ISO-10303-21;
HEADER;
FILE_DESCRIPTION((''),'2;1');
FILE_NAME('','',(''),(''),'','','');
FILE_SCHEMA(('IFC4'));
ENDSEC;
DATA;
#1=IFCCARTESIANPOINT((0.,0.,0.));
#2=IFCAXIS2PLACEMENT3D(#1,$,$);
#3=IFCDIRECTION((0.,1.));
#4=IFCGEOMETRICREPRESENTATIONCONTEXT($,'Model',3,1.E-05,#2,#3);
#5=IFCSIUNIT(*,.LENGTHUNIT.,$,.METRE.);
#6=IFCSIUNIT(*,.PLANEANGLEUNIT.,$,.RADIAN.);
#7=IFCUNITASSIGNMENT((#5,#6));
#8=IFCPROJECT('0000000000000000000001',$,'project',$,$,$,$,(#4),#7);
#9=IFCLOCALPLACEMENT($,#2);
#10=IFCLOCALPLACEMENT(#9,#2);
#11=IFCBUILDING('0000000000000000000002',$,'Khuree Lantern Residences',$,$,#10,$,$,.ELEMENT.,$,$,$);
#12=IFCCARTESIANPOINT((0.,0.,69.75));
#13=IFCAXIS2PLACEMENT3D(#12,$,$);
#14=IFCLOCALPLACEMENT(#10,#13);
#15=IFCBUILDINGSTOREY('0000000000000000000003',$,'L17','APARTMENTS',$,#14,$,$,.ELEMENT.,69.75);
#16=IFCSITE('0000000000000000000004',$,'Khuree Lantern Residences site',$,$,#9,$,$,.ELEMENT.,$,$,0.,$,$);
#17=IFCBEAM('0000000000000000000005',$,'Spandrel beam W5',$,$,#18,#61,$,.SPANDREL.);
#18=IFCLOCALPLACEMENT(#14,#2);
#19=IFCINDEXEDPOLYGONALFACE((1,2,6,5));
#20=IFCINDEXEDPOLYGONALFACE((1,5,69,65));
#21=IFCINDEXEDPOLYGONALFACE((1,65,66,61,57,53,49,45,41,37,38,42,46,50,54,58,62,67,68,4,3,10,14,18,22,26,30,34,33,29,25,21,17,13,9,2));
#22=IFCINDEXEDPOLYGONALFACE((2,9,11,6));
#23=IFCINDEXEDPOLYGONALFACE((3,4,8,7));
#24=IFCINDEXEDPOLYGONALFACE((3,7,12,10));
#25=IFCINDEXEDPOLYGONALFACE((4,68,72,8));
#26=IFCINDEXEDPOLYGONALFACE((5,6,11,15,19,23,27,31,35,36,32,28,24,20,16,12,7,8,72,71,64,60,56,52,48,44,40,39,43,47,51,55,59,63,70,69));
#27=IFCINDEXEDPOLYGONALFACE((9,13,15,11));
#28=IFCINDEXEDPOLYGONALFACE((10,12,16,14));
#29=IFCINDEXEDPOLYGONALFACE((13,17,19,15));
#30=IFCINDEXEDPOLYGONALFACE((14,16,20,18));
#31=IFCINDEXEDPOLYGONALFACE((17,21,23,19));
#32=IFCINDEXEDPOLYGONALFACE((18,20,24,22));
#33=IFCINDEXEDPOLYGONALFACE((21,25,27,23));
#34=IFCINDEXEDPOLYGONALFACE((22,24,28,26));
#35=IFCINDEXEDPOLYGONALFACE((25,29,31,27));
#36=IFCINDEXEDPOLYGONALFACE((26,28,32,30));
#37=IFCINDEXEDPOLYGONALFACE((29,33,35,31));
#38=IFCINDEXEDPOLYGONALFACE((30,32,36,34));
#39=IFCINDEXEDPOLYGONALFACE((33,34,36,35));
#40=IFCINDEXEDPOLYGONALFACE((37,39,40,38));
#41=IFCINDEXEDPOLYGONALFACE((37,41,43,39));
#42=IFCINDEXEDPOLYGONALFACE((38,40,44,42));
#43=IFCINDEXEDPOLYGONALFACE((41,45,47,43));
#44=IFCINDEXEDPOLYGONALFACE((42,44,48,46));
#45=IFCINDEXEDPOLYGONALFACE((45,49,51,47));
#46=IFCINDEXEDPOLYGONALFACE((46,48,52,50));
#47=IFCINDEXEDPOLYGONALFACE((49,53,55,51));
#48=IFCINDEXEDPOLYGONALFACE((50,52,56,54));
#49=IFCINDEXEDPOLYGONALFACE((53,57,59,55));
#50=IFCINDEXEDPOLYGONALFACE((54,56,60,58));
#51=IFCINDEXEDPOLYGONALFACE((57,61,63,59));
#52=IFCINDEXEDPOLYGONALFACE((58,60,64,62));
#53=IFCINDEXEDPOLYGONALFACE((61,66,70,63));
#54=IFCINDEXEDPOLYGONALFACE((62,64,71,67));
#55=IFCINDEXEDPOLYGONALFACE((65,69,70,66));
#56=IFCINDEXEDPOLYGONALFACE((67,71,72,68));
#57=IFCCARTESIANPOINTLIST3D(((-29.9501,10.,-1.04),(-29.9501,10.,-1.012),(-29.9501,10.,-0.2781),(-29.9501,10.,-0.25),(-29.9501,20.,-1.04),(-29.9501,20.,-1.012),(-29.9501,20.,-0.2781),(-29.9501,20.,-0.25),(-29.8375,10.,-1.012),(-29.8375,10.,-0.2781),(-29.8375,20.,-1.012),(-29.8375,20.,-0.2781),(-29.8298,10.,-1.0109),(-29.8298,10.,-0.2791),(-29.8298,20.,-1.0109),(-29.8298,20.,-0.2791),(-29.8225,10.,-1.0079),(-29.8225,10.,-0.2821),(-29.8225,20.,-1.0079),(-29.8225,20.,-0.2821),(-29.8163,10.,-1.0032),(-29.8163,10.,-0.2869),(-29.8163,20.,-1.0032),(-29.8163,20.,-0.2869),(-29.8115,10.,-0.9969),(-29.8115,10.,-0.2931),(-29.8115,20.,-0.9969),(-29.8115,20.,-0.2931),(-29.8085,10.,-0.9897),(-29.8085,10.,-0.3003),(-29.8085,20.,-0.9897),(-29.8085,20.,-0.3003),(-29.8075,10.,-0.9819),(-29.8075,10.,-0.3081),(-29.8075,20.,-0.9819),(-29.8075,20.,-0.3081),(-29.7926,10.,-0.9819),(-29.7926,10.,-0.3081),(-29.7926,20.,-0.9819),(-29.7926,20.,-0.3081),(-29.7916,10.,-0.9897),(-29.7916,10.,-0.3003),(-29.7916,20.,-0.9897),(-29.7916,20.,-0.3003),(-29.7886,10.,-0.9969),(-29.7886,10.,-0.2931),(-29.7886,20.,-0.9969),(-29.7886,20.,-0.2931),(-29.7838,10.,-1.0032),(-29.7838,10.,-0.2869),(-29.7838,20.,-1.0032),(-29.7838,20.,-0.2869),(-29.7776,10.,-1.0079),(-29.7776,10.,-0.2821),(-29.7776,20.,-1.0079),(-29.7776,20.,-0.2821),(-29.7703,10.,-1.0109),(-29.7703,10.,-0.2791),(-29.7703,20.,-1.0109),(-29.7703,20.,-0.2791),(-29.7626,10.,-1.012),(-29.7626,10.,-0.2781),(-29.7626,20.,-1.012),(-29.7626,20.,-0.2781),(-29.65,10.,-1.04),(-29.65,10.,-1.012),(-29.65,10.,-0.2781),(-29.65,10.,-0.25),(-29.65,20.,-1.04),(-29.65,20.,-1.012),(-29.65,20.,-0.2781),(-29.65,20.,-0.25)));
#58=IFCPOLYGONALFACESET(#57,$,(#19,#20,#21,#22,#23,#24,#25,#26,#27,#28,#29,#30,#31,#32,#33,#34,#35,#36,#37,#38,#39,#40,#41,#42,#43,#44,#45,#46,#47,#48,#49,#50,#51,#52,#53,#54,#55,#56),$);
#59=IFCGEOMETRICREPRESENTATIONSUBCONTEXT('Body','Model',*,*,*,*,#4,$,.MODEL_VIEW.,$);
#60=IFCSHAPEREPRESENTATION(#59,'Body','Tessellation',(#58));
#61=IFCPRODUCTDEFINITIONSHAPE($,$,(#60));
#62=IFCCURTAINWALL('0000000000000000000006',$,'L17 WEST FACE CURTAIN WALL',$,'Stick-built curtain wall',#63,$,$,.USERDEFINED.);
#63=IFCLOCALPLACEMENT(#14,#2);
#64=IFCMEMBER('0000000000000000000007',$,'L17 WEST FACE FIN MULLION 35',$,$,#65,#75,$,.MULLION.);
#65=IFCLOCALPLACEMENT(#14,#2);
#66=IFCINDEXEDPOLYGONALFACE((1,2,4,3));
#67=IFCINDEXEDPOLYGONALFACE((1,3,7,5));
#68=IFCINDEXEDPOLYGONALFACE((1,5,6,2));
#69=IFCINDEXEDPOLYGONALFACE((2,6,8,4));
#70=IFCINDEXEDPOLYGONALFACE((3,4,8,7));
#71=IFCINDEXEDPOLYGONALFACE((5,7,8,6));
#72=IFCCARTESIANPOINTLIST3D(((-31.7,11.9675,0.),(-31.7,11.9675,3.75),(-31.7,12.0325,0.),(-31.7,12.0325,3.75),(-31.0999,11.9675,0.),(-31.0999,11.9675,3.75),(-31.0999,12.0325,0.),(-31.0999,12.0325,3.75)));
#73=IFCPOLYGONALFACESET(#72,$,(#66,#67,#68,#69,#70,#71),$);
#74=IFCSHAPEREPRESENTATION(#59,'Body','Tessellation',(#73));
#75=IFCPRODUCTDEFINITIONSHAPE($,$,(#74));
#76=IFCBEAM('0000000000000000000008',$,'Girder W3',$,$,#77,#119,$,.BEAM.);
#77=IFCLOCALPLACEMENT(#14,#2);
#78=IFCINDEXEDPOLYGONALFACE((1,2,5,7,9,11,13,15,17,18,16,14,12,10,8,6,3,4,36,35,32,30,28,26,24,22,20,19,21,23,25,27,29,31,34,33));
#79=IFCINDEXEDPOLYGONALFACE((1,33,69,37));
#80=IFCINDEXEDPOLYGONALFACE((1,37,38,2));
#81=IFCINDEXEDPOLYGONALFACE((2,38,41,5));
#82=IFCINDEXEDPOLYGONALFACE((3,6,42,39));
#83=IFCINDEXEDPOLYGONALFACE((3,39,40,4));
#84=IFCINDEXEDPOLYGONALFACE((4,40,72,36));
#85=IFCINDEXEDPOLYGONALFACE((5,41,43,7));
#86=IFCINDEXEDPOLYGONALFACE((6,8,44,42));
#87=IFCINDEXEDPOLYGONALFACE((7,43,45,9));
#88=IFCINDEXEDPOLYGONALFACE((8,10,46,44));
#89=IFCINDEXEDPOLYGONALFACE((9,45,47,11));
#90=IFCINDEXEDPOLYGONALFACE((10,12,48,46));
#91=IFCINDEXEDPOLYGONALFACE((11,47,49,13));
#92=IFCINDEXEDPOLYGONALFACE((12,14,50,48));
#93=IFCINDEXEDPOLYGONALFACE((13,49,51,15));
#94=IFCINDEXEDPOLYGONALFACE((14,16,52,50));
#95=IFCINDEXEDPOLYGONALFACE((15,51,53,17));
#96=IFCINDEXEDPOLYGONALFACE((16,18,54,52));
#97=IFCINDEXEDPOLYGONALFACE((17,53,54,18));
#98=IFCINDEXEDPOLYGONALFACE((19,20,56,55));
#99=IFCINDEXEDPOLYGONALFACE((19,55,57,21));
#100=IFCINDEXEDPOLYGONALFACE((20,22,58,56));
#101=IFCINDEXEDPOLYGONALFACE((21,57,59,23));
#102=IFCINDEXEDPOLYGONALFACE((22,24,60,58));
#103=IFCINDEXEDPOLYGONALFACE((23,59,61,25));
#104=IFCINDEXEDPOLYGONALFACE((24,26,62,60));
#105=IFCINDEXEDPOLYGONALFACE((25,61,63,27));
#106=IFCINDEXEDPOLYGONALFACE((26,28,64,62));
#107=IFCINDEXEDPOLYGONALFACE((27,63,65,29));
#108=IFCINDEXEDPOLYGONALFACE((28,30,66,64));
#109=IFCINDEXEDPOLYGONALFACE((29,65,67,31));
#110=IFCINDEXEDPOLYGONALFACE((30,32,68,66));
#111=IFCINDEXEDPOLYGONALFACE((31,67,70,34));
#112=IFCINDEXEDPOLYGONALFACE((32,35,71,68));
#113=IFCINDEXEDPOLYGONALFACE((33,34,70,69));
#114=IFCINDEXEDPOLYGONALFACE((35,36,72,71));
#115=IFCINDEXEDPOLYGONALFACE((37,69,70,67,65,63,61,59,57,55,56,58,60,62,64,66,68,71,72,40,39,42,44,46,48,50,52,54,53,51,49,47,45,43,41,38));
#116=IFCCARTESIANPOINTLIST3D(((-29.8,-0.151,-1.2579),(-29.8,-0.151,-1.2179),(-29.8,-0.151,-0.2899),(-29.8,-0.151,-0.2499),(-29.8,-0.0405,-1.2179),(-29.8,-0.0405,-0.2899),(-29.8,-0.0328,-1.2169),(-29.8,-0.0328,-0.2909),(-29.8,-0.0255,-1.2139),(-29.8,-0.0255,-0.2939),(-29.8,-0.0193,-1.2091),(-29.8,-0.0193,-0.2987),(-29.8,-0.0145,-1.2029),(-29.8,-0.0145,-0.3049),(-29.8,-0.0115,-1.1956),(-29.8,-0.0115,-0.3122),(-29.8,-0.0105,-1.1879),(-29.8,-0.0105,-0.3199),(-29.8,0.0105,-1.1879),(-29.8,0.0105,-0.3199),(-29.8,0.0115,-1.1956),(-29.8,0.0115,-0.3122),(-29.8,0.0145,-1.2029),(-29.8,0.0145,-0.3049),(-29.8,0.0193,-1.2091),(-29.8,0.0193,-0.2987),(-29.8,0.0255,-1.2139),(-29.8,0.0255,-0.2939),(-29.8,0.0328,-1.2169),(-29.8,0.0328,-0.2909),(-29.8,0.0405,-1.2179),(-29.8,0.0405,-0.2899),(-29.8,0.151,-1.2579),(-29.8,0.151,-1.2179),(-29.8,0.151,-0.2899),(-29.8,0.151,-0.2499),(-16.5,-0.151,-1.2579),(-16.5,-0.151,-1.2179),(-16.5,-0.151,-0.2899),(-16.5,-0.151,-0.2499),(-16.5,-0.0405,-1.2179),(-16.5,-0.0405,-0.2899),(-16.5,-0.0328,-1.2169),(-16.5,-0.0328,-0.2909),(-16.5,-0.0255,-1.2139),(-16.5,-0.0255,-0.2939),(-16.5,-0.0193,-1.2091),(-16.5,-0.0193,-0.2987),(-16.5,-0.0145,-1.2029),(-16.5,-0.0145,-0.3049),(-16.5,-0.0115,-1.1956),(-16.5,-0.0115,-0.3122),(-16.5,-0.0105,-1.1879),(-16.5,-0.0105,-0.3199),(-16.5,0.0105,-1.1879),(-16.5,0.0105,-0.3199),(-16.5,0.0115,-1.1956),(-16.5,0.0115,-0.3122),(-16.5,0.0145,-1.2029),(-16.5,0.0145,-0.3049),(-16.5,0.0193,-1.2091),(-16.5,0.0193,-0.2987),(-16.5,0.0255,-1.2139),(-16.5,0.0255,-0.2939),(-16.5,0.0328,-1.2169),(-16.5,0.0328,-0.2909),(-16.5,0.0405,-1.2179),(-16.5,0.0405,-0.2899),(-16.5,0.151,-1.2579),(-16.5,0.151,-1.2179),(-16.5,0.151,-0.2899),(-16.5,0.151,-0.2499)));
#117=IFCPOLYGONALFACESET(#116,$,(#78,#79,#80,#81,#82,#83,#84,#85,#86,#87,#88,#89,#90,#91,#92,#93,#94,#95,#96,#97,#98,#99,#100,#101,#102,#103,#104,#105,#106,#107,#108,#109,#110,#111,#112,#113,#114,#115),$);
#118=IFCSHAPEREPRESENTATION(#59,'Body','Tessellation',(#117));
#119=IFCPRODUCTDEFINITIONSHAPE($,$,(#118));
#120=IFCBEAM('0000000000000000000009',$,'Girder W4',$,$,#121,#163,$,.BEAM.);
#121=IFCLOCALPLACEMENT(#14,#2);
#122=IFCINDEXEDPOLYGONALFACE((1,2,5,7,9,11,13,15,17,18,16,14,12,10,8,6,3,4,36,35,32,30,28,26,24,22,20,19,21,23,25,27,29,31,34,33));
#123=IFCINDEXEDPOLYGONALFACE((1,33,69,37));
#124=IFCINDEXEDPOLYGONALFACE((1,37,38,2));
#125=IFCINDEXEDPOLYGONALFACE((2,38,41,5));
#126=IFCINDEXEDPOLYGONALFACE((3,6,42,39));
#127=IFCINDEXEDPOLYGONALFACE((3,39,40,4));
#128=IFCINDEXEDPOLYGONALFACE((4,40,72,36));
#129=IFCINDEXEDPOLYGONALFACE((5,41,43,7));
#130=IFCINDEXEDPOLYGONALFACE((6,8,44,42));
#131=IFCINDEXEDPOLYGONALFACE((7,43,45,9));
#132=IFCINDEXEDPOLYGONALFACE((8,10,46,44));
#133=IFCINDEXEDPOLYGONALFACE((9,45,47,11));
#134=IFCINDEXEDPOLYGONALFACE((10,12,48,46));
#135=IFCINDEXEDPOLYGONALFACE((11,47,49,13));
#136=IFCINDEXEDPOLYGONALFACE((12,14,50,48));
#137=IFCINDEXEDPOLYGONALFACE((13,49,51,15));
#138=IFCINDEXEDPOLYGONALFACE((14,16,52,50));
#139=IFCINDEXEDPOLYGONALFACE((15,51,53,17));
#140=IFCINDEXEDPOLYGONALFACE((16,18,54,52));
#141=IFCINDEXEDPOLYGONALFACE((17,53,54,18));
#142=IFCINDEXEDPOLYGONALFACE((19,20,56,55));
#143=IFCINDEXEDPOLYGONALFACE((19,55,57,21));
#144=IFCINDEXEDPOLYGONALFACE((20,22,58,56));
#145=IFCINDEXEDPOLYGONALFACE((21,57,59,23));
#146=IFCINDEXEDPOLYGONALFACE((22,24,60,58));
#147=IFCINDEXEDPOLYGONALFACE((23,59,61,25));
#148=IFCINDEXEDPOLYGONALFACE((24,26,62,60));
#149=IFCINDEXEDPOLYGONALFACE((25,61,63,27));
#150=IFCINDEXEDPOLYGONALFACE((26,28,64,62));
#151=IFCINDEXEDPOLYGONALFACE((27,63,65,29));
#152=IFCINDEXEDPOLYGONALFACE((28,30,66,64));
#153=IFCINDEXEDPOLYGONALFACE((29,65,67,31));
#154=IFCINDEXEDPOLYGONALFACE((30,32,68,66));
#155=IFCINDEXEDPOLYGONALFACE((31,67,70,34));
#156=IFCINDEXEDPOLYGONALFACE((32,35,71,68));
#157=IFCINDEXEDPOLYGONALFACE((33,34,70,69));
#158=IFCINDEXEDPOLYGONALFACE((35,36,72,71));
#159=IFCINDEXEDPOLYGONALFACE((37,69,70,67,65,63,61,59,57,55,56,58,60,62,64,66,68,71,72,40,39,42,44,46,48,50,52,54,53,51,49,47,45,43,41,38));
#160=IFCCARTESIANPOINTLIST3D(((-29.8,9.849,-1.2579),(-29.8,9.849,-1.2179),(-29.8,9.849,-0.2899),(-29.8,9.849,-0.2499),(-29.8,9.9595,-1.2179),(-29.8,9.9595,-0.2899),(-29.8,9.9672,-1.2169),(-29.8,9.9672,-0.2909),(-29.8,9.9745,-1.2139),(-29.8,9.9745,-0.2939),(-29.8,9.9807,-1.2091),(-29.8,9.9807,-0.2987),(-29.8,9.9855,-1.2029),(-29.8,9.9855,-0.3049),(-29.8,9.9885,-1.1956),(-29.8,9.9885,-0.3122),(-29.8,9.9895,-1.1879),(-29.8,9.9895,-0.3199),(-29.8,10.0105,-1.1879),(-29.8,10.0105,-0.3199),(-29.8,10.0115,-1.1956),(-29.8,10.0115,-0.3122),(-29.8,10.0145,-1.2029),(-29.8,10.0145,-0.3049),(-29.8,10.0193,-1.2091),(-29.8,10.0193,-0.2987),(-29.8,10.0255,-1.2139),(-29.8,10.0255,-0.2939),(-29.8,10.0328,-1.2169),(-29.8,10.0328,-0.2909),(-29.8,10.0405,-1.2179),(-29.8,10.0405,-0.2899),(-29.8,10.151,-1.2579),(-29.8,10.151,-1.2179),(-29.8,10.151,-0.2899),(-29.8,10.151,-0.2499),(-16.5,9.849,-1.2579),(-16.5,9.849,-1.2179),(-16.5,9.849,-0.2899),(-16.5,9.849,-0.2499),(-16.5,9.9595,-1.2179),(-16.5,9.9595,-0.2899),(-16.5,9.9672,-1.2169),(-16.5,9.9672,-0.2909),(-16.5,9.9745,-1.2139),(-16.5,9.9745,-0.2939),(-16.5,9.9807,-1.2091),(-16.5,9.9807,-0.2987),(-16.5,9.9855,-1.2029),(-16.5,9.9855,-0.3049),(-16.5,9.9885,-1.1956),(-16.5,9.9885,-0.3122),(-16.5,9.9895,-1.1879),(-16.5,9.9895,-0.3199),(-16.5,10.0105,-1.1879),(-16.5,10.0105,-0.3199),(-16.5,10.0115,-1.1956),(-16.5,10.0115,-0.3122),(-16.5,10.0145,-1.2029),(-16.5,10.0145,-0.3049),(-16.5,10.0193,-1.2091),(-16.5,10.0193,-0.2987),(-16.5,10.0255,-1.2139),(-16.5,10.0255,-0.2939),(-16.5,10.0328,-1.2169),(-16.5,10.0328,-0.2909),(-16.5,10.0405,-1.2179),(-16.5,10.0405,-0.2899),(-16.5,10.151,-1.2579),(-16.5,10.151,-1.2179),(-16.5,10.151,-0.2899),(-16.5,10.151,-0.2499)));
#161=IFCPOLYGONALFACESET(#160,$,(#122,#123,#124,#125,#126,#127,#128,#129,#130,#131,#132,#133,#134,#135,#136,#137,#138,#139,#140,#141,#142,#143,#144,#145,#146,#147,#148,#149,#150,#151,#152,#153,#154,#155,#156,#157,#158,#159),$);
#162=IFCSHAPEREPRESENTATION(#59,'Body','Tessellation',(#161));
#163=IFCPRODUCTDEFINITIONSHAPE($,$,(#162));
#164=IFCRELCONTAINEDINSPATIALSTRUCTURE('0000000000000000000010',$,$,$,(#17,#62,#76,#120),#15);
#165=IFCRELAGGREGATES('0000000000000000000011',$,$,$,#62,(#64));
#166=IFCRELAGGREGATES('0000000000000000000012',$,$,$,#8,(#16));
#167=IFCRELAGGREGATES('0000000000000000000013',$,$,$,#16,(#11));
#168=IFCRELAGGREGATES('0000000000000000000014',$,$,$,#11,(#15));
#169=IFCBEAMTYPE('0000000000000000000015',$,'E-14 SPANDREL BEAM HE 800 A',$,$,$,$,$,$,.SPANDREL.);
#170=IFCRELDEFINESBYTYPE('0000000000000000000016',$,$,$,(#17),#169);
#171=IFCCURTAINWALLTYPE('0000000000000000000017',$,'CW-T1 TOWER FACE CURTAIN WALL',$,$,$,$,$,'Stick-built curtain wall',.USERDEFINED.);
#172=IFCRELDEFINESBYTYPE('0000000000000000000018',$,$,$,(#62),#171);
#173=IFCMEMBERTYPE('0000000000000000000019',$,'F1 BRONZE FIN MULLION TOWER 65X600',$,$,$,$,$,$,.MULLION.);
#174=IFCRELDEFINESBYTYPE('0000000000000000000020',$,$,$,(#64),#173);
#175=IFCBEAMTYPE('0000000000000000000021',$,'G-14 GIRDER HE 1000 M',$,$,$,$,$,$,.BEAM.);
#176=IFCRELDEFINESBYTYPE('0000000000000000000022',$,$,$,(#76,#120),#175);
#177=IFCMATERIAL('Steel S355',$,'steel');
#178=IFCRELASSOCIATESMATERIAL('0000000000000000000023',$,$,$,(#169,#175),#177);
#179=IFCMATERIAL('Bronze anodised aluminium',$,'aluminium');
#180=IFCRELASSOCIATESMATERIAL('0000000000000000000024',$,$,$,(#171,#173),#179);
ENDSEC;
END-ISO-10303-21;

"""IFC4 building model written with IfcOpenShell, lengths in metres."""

from ifc_helpers import new_model, si_unit, direction, frame, origin, origin_2d, place, context, subcontext, project, spatial, rectangle, i_section, extrude, material, material_profile, profile_set, type_object, element, aggregate, save


model = new_model("IFC4")

# Units and contexts
model_context = context("Model", 3, precision=1e-05, world=origin(), true_north=direction((0.0, 1.0)))
body_context = subcontext(model_context, "Body", "Model", "MODEL_VIEW")
ifc_project = project(units=[si_unit("LENGTHUNIT", "METRE"), si_unit("PLANEANGLEUNIT", "RADIAN")], contexts=[model_context])

# Site, building, storey
site_placement = place(None, origin())
site = spatial("IfcSite", under=ifc_project, at=site_placement, Name="Khuree Lantern Residences site", CompositionType="ELEMENT", RefElevation=0.0)
building_placement = place(site_placement, origin())
building = spatial("IfcBuilding", under=site, at=building_placement, Name="Khuree Lantern Residences", CompositionType="ELEMENT")
storey_placement = place(building_placement, frame((0.0, 0.0, 69.75)))
storey = spatial("IfcBuildingStorey", under=building, at=storey_placement, Name="L17", Description="APARTMENTS", CompositionType="ELEMENT", Elevation=69.75)

# Beam
ifc_material_1 = material(Name="Steel S355", Category="steel")
ifc_material_profile_1 = material_profile(ifc_material_1, i_section(OverallWidth=0.3, OverallDepth=0.79, WebThickness=0.0149, FlangeThickness=0.0281, FilletRadius=0.03, at=origin_2d()), Name="HE 800 A")
ifc_profile_set_1 = profile_set([ifc_material_profile_1], Name="Steel S355")
beam_type_1 = type_object("IfcBeamType", Name="E-14 SPANDREL BEAM HE 800 A", PredefinedType="SPANDREL", material=ifc_profile_set_1)
for number, where, z_axis, x_axis, name in (
    (1, (-29.8, 10.0, -0.645), (0.0, 1.0, 0.0), (-1.0, 0.0, 0.0), "Spandrel beam W5"),
):
    element("IfcBeam", number, at=place(storey_placement, frame(where, z_axis=z_axis, x_axis=x_axis)), inside=storey, type_object=beam_type_1, Name=name, PredefinedType="SPANDREL", context=body_context, shape_type="SweptSolid", body=[
        extrude(i_section(OverallWidth=0.3, OverallDepth=0.79, WebThickness=0.0149, FlangeThickness=0.0281, FilletRadius=0.03, at=origin_2d()), origin(), (0.0, 0.0, 1.0), 10.0),
    ])

# Curtain wall, member
ifc_material_2 = material(Name="Bronze anodised aluminium", Category="aluminium")
curtain_wall_type = type_object("IfcCurtainWallType", Name="CW-T1 TOWER FACE CURTAIN WALL", ElementType="Stick-built curtain wall", PredefinedType="USERDEFINED", material=ifc_material_2)
curtain_wall_placement = place(storey_placement, origin())
curtain_wall = element("IfcCurtainWall", 2, at=curtain_wall_placement, inside=storey, type_object=curtain_wall_type, Name="L17 WEST FACE CURTAIN WALL", ObjectType="Stick-built curtain wall", PredefinedType="USERDEFINED")
ifc_material_profile_2 = material_profile(ifc_material_2, rectangle(XDim=0.0649, YDim=0.6001, at=origin_2d()), Name="F1 65X600")
ifc_profile_set_2 = profile_set([ifc_material_profile_2], Name="Bronze anodised aluminium")
member_type_1 = type_object("IfcMemberType", Name="F1 BRONZE FIN MULLION TOWER 65X600", PredefinedType="MULLION", material=ifc_profile_set_2)
member_1_placement = place(storey_placement, frame((-31.3999, 12.0, 0.0), z_axis=(0.0, 0.0, 1.0), x_axis=(0.0, -1.0, 0.0)))
member_1 = element("IfcMember", 3, at=member_1_placement, type_object=member_type_1, Name="L17 WEST FACE FIN MULLION 35", PredefinedType="MULLION", context=body_context, shape_type="SweptSolid", body=[
    extrude(rectangle(XDim=0.0649, YDim=0.6001, at=origin_2d()), origin(), (0.0, 0.0, 1.0), 3.75),
])

# Beams
ifc_material_profile_3 = material_profile(ifc_material_1, i_section(OverallWidth=0.302, OverallDepth=1.0081, WebThickness=0.021, FlangeThickness=0.04, FilletRadius=0.03, at=origin_2d()), Name="HE 1000 M")
ifc_profile_set_3 = profile_set([ifc_material_profile_3], Name="Steel S355")
beam_type_2 = type_object("IfcBeamType", Name="G-14 GIRDER HE 1000 M", PredefinedType="BEAM", material=ifc_profile_set_3)
for number, where, z_axis, x_axis, name in (
    (4, (-29.8, 0.0, -0.7539), (1.0, 0.0, 0.0), (0.0, 1.0, 0.0), "Girder W3"),
    (5, (-29.8, 10.0, -0.7539), (1.0, 0.0, 0.0), (0.0, 1.0, 0.0), "Girder W4"),
):
    element("IfcBeam", number, at=place(storey_placement, frame(where, z_axis=z_axis, x_axis=x_axis)), inside=storey, type_object=beam_type_2, Name=name, PredefinedType="BEAM", context=body_context, shape_type="SweptSolid", body=[
        extrude(i_section(OverallWidth=0.302, OverallDepth=1.0081, WebThickness=0.021, FlangeThickness=0.04, FilletRadius=0.03, at=origin_2d()), origin(), (0.0, 0.0, 1.0), 13.3),
    ])

aggregate(curtain_wall, [member_1])

save(model, "model.ifc")
